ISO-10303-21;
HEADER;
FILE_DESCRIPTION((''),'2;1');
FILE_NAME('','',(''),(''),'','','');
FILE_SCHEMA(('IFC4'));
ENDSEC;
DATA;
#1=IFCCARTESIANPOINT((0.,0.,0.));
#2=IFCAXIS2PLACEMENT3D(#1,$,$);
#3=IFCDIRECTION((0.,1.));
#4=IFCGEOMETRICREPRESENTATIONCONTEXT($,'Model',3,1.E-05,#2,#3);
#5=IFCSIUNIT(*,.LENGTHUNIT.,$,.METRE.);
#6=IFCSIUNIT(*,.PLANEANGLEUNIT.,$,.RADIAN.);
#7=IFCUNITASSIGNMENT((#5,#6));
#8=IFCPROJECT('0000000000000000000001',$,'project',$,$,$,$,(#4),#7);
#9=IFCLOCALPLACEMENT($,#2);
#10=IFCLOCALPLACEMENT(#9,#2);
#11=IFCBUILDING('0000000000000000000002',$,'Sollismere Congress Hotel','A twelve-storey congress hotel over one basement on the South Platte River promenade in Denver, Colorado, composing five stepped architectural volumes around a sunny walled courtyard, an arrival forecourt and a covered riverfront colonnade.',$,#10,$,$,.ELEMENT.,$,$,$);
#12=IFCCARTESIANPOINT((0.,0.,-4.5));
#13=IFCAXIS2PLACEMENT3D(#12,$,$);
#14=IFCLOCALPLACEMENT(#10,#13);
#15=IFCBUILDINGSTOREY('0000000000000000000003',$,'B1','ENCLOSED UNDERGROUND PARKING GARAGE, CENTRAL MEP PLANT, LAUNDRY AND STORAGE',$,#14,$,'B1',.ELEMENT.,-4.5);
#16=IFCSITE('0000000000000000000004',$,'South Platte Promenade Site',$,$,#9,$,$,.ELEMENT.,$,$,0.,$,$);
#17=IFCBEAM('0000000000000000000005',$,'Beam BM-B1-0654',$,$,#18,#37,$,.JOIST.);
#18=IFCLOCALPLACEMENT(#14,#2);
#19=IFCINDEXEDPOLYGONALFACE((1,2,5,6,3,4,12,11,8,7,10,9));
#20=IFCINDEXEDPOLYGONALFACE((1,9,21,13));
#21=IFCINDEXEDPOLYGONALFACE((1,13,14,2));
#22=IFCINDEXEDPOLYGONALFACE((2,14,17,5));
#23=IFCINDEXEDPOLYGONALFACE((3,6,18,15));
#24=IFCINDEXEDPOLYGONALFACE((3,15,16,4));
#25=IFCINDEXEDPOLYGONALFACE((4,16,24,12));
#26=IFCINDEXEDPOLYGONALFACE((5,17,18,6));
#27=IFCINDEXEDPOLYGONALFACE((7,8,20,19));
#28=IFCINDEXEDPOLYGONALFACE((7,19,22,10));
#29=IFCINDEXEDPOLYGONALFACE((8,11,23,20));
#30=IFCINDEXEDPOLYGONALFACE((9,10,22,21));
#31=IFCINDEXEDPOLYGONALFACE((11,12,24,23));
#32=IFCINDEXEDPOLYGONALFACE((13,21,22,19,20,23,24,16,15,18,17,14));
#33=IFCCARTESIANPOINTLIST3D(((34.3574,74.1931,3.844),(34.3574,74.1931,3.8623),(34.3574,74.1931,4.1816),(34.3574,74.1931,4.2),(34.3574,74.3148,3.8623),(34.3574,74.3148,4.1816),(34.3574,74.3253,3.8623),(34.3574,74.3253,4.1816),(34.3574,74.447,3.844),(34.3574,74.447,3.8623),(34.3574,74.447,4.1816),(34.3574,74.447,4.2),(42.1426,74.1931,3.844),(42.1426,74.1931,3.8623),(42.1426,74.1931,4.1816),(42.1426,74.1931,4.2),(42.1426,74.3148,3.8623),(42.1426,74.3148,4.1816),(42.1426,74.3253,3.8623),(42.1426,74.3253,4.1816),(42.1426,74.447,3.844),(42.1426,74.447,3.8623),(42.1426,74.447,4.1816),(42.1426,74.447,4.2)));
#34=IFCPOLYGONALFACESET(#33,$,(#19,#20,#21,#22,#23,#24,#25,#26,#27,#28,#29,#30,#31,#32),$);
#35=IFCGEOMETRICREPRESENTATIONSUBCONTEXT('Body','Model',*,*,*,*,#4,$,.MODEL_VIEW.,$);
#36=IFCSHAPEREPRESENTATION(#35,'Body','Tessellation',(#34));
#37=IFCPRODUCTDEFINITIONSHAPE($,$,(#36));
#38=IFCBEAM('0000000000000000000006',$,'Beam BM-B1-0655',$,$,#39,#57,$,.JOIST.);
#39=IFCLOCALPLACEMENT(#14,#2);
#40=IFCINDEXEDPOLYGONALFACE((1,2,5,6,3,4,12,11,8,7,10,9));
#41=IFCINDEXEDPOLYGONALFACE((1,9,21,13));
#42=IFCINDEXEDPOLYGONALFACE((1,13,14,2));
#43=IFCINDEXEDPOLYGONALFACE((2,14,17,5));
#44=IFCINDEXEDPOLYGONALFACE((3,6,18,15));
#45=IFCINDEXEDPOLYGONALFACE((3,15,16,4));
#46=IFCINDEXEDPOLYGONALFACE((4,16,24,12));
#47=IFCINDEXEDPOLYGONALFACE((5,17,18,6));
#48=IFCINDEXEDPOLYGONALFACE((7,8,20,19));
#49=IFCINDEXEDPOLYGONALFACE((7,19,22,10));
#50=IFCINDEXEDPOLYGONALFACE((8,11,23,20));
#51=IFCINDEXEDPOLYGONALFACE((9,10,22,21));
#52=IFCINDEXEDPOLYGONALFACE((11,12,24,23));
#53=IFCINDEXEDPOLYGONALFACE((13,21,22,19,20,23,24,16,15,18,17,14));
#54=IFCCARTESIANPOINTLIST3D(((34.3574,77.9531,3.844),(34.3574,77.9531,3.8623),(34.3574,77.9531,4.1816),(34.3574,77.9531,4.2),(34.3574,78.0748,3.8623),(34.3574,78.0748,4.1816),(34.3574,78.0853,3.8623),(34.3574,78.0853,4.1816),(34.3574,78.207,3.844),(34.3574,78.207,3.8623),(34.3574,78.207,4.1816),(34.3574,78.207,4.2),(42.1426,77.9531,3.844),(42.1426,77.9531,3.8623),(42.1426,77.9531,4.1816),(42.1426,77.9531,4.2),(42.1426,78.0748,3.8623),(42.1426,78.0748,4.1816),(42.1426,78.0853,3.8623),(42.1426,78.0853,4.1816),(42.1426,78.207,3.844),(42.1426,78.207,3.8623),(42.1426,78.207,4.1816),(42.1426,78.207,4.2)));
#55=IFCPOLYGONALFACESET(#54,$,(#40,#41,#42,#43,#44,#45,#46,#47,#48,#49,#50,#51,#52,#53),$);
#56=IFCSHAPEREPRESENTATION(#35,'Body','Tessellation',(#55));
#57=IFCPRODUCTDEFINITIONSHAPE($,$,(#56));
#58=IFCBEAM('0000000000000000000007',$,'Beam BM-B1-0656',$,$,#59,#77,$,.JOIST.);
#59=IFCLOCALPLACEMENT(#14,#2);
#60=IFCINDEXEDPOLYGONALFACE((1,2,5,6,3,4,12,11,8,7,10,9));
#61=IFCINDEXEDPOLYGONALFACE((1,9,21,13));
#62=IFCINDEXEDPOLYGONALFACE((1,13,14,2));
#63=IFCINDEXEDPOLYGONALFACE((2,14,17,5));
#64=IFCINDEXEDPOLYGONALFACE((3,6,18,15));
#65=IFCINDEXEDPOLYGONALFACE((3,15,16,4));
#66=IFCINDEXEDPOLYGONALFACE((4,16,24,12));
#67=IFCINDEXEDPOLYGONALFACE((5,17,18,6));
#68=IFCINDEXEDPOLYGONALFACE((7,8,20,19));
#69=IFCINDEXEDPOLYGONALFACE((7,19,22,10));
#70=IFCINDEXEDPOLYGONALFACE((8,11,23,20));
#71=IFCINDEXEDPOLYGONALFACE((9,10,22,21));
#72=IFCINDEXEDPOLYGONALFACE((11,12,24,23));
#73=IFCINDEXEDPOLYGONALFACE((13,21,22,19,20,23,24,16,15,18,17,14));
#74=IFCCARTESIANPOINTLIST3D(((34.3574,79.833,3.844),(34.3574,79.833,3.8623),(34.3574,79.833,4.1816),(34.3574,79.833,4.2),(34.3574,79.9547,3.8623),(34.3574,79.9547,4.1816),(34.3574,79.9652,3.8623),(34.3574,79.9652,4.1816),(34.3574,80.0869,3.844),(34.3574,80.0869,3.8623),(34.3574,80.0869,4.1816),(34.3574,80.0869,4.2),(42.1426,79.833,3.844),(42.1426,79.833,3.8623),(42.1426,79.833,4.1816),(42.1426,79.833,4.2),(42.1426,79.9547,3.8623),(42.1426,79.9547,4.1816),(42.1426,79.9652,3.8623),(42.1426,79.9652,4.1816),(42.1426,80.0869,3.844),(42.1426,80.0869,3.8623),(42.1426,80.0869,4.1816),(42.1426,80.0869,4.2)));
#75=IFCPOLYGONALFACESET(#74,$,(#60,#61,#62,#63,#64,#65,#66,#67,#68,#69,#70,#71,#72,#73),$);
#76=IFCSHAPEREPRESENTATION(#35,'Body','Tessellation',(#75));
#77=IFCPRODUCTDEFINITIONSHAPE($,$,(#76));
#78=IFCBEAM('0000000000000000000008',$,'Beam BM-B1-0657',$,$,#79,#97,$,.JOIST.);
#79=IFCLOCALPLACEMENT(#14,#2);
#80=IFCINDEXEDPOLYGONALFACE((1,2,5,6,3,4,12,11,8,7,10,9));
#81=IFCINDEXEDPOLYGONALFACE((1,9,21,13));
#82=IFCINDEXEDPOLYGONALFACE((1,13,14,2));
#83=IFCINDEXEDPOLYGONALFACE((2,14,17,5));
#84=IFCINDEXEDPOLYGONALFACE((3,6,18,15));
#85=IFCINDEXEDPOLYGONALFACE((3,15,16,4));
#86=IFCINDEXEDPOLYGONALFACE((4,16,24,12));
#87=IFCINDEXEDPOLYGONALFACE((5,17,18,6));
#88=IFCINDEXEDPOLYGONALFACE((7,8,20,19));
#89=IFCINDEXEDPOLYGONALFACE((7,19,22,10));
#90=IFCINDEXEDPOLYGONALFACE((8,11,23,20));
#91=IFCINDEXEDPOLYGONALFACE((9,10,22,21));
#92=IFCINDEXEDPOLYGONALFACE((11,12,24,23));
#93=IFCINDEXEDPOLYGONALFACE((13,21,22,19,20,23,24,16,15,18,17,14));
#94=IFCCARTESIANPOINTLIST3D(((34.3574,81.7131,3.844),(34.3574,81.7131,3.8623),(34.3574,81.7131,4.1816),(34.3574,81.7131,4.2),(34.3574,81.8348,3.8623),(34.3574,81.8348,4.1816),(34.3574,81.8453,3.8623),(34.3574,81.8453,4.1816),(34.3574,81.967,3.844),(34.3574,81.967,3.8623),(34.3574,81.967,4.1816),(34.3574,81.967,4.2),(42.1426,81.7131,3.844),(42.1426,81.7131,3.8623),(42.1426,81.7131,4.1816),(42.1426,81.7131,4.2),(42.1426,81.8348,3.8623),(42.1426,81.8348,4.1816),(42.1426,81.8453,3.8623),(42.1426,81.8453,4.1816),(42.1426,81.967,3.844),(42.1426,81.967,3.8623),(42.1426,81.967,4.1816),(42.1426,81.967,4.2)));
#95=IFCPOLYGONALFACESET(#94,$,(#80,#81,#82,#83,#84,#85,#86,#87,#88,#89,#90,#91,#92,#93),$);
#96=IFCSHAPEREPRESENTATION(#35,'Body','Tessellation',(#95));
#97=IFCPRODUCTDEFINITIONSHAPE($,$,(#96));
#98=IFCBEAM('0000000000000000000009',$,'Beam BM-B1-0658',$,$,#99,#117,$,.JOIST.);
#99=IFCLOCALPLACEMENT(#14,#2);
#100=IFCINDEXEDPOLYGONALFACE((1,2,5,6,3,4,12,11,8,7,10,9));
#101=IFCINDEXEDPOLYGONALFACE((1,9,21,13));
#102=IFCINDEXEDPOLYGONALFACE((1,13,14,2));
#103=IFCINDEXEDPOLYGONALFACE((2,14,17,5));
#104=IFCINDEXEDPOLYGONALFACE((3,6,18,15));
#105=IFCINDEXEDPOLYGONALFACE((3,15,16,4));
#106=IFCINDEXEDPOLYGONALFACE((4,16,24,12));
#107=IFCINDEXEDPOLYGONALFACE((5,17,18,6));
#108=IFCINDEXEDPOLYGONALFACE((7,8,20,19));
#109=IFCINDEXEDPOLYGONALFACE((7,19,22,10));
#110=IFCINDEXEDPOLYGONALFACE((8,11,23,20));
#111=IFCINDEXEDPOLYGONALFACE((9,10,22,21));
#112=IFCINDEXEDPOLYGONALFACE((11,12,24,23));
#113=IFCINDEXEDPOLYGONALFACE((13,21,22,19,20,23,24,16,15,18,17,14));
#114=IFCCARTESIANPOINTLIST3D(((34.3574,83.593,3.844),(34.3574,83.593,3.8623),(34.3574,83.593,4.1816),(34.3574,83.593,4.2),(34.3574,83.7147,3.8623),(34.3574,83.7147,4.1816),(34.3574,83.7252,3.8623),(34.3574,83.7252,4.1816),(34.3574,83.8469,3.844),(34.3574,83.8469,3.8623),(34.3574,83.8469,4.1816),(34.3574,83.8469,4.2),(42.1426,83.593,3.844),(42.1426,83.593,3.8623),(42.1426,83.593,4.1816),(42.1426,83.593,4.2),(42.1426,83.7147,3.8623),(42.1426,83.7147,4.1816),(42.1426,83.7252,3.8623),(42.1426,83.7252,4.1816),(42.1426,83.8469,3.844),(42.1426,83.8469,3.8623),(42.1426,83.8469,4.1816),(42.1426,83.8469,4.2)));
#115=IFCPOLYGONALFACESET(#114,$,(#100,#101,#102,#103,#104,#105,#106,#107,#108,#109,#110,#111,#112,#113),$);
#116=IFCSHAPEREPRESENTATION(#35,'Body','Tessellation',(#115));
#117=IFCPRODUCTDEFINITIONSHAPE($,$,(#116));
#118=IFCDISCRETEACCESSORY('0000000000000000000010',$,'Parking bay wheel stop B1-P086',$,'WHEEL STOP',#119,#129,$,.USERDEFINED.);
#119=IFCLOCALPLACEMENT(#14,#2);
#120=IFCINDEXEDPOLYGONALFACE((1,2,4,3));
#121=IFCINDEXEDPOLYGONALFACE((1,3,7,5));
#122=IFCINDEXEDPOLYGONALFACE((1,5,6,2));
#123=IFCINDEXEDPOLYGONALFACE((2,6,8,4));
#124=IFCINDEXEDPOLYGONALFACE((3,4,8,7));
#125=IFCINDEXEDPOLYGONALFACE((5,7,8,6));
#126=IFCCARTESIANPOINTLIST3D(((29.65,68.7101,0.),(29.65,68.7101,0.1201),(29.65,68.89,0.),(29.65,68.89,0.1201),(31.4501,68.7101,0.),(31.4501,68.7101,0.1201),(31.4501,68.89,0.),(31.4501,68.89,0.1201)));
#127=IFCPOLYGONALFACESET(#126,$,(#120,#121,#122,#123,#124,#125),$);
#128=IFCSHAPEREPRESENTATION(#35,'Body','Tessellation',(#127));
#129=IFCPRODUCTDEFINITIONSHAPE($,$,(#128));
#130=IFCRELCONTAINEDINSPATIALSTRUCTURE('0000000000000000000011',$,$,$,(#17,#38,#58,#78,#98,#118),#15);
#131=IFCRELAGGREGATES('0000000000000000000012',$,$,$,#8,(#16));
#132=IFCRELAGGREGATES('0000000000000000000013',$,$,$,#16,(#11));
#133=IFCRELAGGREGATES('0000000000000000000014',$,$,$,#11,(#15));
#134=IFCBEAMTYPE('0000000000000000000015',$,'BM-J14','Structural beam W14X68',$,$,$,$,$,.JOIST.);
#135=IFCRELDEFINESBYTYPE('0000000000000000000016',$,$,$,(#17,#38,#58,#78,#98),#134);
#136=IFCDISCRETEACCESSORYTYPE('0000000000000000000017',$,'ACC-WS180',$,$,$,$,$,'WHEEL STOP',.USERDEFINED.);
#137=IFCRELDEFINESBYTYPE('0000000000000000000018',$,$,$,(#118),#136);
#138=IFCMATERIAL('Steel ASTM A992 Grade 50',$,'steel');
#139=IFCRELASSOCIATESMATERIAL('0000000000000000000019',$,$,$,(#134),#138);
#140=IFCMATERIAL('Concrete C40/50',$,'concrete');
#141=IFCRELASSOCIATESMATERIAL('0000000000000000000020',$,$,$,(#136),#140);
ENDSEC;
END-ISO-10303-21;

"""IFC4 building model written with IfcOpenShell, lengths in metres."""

from ifc_helpers import new_model, si_unit, direction, frame, origin, origin_2d, place, context, subcontext, project, spatial, rectangle, i_section, extrude, material, material_profile, profile_set, type_object, element, save


model = new_model("IFC4")

# Units and contexts
model_context = context("Model", 3, precision=1e-05, world=origin(), true_north=direction((0.0, 1.0)))
body_context = subcontext(model_context, "Body", "Model", "MODEL_VIEW")
ifc_project = project(units=[si_unit("LENGTHUNIT", "METRE"), si_unit("PLANEANGLEUNIT", "RADIAN")], contexts=[model_context])

# Site, building, storey
site_placement = place(None, origin())
site = spatial("IfcSite", under=ifc_project, at=site_placement, Name="South Platte Promenade Site", CompositionType="ELEMENT", RefElevation=0.0)
building_placement = place(site_placement, origin())
building = spatial("IfcBuilding", under=site, at=building_placement, Name="Sollismere Congress Hotel", Description="A twelve-storey congress hotel over one basement on the South Platte River promenade in Denver, Colorado, composing five stepped architectural volumes around a sunny walled courtyard, an arrival forecourt and a covered riverfront colonnade.", CompositionType="ELEMENT")
storey_placement = place(building_placement, frame((0.0, 0.0, -4.5)))
storey = spatial("IfcBuildingStorey", under=building, at=storey_placement, Name="B1", Description="ENCLOSED UNDERGROUND PARKING GARAGE, CENTRAL MEP PLANT, LAUNDRY AND STORAGE", LongName="B1", CompositionType="ELEMENT", Elevation=-4.5)

# Shared definitions
ifc_material_1 = material(Name="Concrete C40/50", Category="concrete")

# Beams
ifc_material_2 = material(Name="Steel ASTM A992 Grade 50", Category="steel")
ifc_material_profile_1 = material_profile(ifc_material_2, i_section(OverallWidth=0.2539, OverallDepth=0.356, WebThickness=0.0105, FlangeThickness=0.0183, at=origin_2d()), Name="W14X68")
ifc_profile_set_1 = profile_set([ifc_material_profile_1], Name="Steel ASTM A992 Grade 50")
beam_type_1 = type_object("IfcBeamType", Name="BM-J14", Description="Structural beam W14X68", PredefinedType="JOIST", material=ifc_profile_set_1)
for number, where, z_axis, x_axis, name in (
    (1, (34.3574, 74.3201, 4.022), (1.0, 0.0, 0.0), (0.0, 1.0, 0.0), "Beam BM-B1-0654"),
    (2, (34.3574, 78.0801, 4.022), (1.0, 0.0, 0.0), (0.0, 1.0, 0.0), "Beam BM-B1-0655"),
    (3, (34.3574, 79.96, 4.022), (1.0, 0.0, 0.0), (0.0, 1.0, 0.0), "Beam BM-B1-0656"),
    (4, (34.3574, 81.8401, 4.022), (1.0, 0.0, 0.0), (0.0, 1.0, 0.0), "Beam BM-B1-0657"),
    (5, (34.3574, 83.72, 4.022), (1.0, 0.0, 0.0), (0.0, 1.0, 0.0), "Beam BM-B1-0658"),
):
    element("IfcBeam", number, at=place(storey_placement, frame(where, z_axis=z_axis, x_axis=x_axis)), inside=storey, type_object=beam_type_1, Name=name, PredefinedType="JOIST", context=body_context, shape_type="SweptSolid", body=[
        extrude(i_section(OverallWidth=0.2539, OverallDepth=0.356, WebThickness=0.0105, FlangeThickness=0.0183, at=origin_2d()), origin(), (0.0, 0.0, 1.0), 7.7852),
    ])

# Discrete accessory
discrete_accessory_type = type_object("IfcDiscreteAccessoryType", Name="ACC-WS180", ElementType="WHEEL STOP", PredefinedType="USERDEFINED", material=ifc_material_1)
discrete_accessory_placement = place(storey_placement, frame((30.55, 68.8, 0.0), z_axis=(0.0, 0.0, 1.0), x_axis=(1.0, 0.0, 0.0)))
element("IfcDiscreteAccessory", 6, at=discrete_accessory_placement, inside=storey, type_object=discrete_accessory_type, Name="Parking bay wheel stop B1-P086", ObjectType="WHEEL STOP", PredefinedType="USERDEFINED", context=body_context, shape_type="SweptSolid", body=[
    extrude(rectangle(XDim=1.8, YDim=0.1799, at=origin_2d()), origin(), (0.0, 0.0, 1.0), 0.1201),
])

save(model, "model.ifc")
